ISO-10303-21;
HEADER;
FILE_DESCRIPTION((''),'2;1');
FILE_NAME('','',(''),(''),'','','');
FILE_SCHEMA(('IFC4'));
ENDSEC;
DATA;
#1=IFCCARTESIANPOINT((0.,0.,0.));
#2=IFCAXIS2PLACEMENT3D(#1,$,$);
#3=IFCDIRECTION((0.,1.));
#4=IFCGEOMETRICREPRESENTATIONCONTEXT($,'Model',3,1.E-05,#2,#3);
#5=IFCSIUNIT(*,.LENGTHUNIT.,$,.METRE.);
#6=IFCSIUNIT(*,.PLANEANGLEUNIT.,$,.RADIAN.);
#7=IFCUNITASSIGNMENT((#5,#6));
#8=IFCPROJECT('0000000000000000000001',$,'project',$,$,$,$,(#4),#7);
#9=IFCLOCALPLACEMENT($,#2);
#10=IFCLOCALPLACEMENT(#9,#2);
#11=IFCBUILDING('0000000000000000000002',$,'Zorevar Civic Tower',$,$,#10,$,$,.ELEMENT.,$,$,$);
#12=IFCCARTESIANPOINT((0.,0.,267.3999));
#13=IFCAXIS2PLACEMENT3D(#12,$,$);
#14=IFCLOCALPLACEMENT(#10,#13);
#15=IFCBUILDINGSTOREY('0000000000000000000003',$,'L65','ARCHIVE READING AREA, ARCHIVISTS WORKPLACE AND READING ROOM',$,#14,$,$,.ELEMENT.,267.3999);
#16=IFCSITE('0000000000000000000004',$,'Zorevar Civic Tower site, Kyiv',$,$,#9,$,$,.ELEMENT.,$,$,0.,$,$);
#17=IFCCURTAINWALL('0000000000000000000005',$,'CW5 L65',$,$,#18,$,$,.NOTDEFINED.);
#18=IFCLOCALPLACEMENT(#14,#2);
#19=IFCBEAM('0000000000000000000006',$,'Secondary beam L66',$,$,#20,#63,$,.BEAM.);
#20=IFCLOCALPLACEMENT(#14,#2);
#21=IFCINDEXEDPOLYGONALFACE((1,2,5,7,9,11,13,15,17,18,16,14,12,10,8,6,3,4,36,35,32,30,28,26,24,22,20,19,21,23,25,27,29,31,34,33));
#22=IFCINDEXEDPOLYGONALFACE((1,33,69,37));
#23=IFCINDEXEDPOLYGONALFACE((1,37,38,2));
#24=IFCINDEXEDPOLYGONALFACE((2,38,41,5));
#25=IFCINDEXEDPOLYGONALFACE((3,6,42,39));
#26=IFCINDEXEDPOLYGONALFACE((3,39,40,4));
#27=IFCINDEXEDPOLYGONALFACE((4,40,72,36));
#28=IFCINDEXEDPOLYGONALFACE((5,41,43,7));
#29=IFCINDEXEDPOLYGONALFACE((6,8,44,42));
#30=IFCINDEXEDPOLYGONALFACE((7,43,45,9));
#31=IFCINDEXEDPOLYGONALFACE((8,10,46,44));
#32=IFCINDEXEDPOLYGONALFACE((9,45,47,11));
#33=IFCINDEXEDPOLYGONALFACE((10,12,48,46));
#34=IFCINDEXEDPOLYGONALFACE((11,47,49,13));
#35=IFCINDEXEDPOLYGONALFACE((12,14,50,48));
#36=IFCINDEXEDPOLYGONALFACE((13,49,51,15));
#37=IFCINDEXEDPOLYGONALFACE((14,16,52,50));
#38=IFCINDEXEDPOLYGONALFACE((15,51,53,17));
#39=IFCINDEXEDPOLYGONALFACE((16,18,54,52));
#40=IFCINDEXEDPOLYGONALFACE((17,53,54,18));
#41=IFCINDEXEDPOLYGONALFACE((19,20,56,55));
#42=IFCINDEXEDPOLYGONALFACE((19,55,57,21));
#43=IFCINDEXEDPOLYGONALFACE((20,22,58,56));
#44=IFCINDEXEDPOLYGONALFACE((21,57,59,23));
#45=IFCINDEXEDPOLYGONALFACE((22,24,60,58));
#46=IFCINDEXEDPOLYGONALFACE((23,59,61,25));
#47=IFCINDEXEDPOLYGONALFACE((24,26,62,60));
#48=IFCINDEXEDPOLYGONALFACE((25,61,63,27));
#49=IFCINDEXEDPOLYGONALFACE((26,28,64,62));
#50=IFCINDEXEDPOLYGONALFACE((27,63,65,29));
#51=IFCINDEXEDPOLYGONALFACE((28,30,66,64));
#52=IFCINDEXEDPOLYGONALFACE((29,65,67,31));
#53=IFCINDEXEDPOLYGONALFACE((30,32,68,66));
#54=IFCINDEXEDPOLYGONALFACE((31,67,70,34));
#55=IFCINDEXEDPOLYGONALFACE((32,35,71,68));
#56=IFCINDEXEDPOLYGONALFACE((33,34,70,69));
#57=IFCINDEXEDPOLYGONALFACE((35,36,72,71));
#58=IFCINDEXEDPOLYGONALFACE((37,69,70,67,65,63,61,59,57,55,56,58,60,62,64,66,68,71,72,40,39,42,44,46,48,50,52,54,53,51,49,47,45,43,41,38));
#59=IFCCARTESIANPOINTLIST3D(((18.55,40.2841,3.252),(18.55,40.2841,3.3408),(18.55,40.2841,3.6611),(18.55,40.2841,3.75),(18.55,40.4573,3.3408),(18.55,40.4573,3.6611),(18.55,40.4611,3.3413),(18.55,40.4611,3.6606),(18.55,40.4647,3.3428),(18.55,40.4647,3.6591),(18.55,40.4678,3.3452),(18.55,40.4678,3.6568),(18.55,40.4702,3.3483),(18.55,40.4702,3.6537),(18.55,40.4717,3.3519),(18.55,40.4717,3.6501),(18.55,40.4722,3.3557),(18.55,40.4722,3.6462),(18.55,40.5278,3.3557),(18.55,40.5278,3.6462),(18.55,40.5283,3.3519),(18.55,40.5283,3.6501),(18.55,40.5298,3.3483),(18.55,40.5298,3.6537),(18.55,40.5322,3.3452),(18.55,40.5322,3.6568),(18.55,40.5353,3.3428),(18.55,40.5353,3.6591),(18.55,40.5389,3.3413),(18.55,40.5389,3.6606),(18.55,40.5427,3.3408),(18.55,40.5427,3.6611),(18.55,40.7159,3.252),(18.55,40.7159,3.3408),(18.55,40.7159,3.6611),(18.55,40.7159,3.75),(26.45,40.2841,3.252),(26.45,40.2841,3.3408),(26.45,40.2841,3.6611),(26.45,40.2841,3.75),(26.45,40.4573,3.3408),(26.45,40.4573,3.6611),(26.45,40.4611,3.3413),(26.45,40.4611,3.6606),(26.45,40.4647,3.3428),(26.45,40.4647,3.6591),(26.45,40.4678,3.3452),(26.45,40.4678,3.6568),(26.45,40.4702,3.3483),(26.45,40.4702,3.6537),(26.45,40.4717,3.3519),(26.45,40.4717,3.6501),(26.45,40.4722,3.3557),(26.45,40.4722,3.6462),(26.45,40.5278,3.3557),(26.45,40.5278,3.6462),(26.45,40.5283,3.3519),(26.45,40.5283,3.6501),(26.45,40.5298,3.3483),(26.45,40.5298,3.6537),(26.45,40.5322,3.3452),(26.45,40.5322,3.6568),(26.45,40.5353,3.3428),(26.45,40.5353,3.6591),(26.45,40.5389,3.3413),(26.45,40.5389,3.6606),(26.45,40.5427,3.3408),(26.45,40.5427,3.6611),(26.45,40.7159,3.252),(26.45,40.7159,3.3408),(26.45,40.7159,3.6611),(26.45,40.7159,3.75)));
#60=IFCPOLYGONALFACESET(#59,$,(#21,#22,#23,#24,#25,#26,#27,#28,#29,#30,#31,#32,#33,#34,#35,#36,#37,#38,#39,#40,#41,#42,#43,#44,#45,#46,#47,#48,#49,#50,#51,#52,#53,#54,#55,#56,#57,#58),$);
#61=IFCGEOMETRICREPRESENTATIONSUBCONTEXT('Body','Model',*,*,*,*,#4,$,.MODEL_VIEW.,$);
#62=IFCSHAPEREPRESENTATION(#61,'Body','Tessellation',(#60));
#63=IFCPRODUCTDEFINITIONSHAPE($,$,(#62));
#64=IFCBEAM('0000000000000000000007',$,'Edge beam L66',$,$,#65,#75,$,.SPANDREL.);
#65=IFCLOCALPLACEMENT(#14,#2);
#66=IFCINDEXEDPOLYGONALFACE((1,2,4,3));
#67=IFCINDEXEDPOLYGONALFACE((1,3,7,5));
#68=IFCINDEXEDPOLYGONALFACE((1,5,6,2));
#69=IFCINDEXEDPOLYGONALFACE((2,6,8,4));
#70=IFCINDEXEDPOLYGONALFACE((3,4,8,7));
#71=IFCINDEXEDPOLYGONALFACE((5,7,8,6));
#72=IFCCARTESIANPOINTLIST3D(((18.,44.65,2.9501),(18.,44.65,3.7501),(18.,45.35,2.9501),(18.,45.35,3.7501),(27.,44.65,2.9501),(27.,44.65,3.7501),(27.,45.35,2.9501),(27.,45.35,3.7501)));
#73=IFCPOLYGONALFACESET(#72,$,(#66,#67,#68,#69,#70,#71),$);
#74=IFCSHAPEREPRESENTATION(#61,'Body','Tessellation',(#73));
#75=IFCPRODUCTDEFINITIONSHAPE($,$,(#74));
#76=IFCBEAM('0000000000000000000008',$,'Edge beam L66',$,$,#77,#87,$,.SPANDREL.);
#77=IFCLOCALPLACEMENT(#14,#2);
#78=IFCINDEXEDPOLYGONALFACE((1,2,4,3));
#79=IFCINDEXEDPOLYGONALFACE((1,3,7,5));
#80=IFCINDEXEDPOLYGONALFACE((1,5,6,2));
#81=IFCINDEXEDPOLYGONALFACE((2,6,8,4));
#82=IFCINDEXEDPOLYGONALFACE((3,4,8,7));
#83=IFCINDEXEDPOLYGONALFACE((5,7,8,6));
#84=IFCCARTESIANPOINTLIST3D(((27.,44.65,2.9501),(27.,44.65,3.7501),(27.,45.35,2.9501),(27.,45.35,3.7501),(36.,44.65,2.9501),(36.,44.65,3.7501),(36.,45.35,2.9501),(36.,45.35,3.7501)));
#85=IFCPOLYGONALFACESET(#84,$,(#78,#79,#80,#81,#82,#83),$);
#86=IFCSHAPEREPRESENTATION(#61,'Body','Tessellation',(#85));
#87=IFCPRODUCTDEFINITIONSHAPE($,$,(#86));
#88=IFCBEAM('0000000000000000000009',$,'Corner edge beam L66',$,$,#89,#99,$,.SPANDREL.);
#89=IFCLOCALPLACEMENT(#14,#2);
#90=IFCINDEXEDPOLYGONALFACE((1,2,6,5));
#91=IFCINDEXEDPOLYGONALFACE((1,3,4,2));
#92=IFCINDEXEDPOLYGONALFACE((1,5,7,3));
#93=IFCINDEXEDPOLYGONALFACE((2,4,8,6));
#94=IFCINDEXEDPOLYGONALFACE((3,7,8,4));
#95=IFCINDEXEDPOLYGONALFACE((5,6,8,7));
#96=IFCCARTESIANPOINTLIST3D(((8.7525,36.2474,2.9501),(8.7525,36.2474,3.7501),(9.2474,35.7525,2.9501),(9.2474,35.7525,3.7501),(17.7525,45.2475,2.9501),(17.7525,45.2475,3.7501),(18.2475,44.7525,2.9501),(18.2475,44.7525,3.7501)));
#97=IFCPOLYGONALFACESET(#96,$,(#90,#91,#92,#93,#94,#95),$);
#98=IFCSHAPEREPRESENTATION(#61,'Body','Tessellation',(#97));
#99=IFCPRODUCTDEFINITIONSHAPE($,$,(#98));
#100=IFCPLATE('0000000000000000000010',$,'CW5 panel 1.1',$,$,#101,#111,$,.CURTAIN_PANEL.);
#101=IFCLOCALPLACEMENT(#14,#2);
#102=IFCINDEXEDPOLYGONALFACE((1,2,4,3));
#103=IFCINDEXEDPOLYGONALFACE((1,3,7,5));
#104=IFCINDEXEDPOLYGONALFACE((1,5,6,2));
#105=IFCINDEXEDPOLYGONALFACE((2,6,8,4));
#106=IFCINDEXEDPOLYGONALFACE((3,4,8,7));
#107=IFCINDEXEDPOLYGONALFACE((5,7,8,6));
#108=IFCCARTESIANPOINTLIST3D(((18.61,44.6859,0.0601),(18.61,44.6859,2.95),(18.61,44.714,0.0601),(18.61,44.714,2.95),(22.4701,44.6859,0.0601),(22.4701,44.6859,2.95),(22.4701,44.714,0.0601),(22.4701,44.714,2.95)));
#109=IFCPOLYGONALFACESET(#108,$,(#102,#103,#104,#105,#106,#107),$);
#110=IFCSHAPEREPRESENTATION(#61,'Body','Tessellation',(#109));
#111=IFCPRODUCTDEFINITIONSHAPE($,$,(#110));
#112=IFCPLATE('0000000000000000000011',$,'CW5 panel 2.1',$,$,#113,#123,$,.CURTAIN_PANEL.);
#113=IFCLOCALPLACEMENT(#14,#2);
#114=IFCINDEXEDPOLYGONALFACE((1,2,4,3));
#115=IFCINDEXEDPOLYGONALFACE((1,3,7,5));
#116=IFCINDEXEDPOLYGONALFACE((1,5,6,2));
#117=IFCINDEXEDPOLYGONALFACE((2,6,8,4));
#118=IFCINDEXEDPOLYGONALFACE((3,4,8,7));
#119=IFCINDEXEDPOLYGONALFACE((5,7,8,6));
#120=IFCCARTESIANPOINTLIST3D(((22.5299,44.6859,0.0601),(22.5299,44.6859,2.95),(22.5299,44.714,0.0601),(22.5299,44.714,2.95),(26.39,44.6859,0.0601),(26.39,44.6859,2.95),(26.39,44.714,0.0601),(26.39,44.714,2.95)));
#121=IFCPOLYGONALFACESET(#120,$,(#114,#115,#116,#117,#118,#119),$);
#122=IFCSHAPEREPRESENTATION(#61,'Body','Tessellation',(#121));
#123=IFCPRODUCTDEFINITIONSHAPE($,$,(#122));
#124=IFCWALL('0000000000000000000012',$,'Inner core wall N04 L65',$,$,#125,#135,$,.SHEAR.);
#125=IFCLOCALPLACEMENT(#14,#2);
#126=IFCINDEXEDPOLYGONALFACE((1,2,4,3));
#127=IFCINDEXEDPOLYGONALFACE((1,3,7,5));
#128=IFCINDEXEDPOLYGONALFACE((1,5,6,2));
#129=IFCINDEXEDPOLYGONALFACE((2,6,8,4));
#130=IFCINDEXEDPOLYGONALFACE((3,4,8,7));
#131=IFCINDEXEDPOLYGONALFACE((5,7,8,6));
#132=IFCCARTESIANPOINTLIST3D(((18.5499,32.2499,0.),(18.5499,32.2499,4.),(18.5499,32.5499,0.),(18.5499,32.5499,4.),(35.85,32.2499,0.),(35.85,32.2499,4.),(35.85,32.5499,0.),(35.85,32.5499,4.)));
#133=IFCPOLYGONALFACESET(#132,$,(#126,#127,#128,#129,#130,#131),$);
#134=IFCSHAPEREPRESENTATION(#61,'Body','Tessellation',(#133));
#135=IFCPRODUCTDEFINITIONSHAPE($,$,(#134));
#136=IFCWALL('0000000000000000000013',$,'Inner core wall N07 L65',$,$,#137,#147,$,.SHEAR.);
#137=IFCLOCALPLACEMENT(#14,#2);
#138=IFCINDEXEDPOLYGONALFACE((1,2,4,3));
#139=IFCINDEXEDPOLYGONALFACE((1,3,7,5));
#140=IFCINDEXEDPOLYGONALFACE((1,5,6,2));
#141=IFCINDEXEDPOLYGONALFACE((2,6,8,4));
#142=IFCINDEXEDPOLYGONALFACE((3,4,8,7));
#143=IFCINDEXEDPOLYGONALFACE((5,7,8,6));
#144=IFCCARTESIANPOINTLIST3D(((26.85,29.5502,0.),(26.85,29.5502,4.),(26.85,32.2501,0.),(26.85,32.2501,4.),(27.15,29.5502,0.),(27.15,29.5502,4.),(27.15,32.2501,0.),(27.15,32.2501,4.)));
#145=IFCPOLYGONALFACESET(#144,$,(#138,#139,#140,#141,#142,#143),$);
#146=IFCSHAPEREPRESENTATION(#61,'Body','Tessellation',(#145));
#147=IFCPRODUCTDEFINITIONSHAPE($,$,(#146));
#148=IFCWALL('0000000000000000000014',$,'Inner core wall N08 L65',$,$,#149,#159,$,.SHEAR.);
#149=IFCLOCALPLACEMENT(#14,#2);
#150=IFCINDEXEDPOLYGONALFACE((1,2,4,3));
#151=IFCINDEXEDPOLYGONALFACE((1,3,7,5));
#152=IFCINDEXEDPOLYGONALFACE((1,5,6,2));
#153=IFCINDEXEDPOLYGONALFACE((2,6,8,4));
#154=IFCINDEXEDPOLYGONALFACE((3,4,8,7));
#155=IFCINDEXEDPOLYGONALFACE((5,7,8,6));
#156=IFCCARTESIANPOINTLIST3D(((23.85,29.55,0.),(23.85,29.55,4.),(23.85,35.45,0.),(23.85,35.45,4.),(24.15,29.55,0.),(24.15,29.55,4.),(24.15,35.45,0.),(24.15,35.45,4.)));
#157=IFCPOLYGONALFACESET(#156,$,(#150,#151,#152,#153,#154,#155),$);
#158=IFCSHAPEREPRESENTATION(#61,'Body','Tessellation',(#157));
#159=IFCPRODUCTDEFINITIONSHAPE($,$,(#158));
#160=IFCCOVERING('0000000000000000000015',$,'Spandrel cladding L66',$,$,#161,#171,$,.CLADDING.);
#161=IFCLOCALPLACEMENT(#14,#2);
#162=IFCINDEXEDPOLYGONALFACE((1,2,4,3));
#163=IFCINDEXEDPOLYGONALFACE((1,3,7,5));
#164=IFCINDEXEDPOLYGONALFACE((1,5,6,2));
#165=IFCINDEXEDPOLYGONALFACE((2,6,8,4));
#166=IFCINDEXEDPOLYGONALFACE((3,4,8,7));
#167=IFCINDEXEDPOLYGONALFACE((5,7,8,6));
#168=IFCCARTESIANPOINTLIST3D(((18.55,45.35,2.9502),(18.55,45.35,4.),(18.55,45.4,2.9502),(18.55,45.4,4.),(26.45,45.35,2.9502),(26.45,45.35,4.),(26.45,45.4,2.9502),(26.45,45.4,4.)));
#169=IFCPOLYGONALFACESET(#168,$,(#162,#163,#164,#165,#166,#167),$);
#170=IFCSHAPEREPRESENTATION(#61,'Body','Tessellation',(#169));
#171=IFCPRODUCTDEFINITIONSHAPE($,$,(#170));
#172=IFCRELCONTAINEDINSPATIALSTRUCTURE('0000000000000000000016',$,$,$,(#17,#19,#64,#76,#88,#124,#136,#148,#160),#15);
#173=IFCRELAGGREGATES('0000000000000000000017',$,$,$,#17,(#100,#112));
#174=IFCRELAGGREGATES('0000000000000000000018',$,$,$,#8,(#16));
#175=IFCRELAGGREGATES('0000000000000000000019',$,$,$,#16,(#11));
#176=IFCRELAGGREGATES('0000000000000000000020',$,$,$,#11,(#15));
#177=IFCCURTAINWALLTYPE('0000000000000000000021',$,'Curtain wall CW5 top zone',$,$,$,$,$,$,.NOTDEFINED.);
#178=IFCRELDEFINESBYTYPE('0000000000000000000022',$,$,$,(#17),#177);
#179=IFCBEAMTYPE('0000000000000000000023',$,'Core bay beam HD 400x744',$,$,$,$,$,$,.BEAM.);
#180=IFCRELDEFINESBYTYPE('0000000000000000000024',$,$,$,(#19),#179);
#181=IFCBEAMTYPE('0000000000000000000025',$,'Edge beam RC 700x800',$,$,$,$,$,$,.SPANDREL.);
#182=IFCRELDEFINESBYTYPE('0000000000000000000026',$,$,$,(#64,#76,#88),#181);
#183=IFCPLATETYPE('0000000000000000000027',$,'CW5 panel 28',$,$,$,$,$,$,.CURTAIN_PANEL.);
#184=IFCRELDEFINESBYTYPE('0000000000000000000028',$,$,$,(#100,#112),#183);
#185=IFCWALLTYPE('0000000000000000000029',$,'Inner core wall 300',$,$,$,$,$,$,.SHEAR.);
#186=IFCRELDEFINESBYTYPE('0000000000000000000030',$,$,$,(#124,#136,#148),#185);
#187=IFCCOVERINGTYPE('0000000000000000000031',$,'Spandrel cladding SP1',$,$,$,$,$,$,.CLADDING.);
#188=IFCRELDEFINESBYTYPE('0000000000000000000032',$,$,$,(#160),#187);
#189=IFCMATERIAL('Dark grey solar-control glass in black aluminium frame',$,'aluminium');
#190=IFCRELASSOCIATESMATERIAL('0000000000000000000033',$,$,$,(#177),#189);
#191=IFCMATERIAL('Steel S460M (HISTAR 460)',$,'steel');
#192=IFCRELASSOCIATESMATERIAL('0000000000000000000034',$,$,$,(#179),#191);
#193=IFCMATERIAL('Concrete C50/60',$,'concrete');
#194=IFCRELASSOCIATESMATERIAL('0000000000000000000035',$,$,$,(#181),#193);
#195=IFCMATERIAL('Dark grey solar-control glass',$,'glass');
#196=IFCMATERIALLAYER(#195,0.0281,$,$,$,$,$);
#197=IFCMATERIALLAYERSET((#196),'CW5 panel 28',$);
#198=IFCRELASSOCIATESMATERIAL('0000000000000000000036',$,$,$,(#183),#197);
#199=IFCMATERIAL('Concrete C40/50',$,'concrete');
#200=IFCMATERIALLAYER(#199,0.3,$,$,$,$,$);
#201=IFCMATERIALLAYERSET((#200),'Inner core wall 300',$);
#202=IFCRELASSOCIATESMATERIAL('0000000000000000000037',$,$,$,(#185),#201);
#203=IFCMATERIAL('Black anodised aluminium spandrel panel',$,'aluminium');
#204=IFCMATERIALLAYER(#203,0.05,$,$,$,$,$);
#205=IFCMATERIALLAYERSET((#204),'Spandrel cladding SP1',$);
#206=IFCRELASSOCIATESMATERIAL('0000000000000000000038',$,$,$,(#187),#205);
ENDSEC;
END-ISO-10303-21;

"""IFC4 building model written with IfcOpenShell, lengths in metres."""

from ifc_helpers import new_model, si_unit, direction, frame, frame_2d, origin, origin_2d, place, context, subcontext, project, spatial, rectangle, i_section, extrude, material, layer, layer_set, material_profile, profile_set, type_object, element, aggregate, save


model = new_model("IFC4")

# Units and contexts
model_context = context("Model", 3, precision=1e-05, world=origin(), true_north=direction((0.0, 1.0)))
body_context = subcontext(model_context, "Body", "Model", "MODEL_VIEW")
ifc_project = project(units=[si_unit("LENGTHUNIT", "METRE"), si_unit("PLANEANGLEUNIT", "RADIAN")], contexts=[model_context])

# Site, building, storey
site_placement = place(None, origin())
site = spatial("IfcSite", under=ifc_project, at=site_placement, Name="Zorevar Civic Tower site, Kyiv", CompositionType="ELEMENT", RefElevation=0.0)
building_placement = place(site_placement, origin())
building = spatial("IfcBuilding", under=site, at=building_placement, Name="Zorevar Civic Tower", CompositionType="ELEMENT")
storey_placement = place(building_placement, frame((0.0, 0.0, 267.3999)))
storey = spatial("IfcBuildingStorey", under=building, at=storey_placement, Name="L65", Description="ARCHIVE READING AREA, ARCHIVISTS WORKPLACE AND READING ROOM", CompositionType="ELEMENT", Elevation=267.3999)

# Curtain wall
ifc_material_1 = material(Name="Dark grey solar-control glass in black aluminium frame", Category="aluminium")
curtain_wall_type = type_object("IfcCurtainWallType", Name="Curtain wall CW5 top zone", PredefinedType="NOTDEFINED", material=ifc_material_1)
curtain_wall_1_placement = place(storey_placement, origin())
curtain_wall_1 = element("IfcCurtainWall", 1, at=curtain_wall_1_placement, inside=storey, type_object=curtain_wall_type, Name="CW5 L65", PredefinedType="NOTDEFINED")

# Beams
ifc_material_2 = material(Name="Steel S460M (HISTAR 460)", Category="steel")
ifc_material_profile_1 = material_profile(ifc_material_2, i_section(OverallWidth=0.4319, OverallDepth=0.498, WebThickness=0.0557, FlangeThickness=0.0889, FilletRadius=0.0149, at=origin_2d()), Name="HD 400x744")
ifc_profile_set_1 = profile_set([ifc_material_profile_1], Name="Steel S460M (HISTAR 460)")
beam_type_1 = type_object("IfcBeamType", Name="Core bay beam HD 400x744", PredefinedType="BEAM", material=ifc_profile_set_1)
beam_1_placement = place(storey_placement, frame((18.55, 40.5, 3.501), z_axis=(1.0, 0.0, 0.0), x_axis=(0.0, 1.0, 0.0)))
element("IfcBeam", 2, at=beam_1_placement, inside=storey, type_object=beam_type_1, Name="Secondary beam L66", PredefinedType="BEAM", context=body_context, shape_type="SweptSolid", body=[
    extrude(i_section(OverallWidth=0.4319, OverallDepth=0.498, WebThickness=0.0557, FlangeThickness=0.0889, FilletRadius=0.0149, at=origin_2d()), origin(), (0.0, 0.0, 1.0), 7.8999),
])
ifc_material_3 = material(Name="Concrete C50/60", Category="concrete")
ifc_material_profile_2 = material_profile(ifc_material_3, rectangle(XDim=0.7, YDim=0.8, at=origin_2d()), Name="RC 700x800")
ifc_profile_set_2 = profile_set([ifc_material_profile_2], Name="Concrete C50/60")
beam_type_2 = type_object("IfcBeamType", Name="Edge beam RC 700x800", PredefinedType="SPANDREL", material=ifc_profile_set_2)
for number, where, z_axis, x_axis, name in (
    (3, (18.0, 45.0, 3.3501), (1.0, 0.0, 0.0), (0.0, 1.0, 0.0), "Edge beam L66"),
    (4, (27.0, 45.0, 3.3501), (1.0, 0.0, 0.0), (0.0, 1.0, 0.0), "Edge beam L66"),
):
    element("IfcBeam", number, at=place(storey_placement, frame(where, z_axis=z_axis, x_axis=x_axis)), inside=storey, type_object=beam_type_2, Name=name, PredefinedType="SPANDREL", context=body_context, shape_type="SweptSolid", body=[
        extrude(rectangle(XDim=0.7, YDim=0.8, at=origin_2d()), origin(), (0.0, 0.0, 1.0), 9.0),
    ])
beam_2_placement = place(storey_placement, frame((18.0, 45.0, 3.3501), z_axis=(-0.707107, -0.707107, 0.0), x_axis=(0.707107, -0.707107, 0.0)))
element("IfcBeam", 5, at=beam_2_placement, inside=storey, type_object=beam_type_2, Name="Corner edge beam L66", PredefinedType="SPANDREL", context=body_context, shape_type="SweptSolid", body=[
    extrude(rectangle(XDim=0.7, YDim=0.8, at=origin_2d()), origin(), (0.0, 0.0, 1.0), 12.728),
])

# Plates
ifc_material_4 = material(Name="Dark grey solar-control glass", Category="glass")
ifc_layer_1 = layer(ifc_material_4, 0.0281)
ifc_layer_set_1 = layer_set([ifc_layer_1], Name="CW5 panel 28")
plate_type = type_object("IfcPlateType", Name="CW5 panel 28", PredefinedType="CURTAIN_PANEL", material=ifc_layer_set_1)
plate_1_placement = place(storey_placement, frame((20.54, 44.7, 0.0601), z_axis=(0.0, 0.0, 1.0), x_axis=(1.0, 0.0, 0.0)))
plate_1 = element("IfcPlate", 6, at=plate_1_placement, type_object=plate_type, Name="CW5 panel 1.1", PredefinedType="CURTAIN_PANEL", context=body_context, shape_type="SweptSolid", body=[
    extrude(rectangle(XDim=3.8601, YDim=0.0281, at=origin_2d()), origin(), (0.0, 0.0, 1.0), 2.8899),
])
plate_2_placement = place(storey_placement, frame((24.46, 44.7, 0.0601), z_axis=(0.0, 0.0, 1.0), x_axis=(1.0, 0.0, 0.0)))
plate_2 = element("IfcPlate", 7, at=plate_2_placement, type_object=plate_type, Name="CW5 panel 2.1", PredefinedType="CURTAIN_PANEL", context=body_context, shape_type="SweptSolid", body=[
    extrude(rectangle(XDim=3.8601, YDim=0.0281, at=origin_2d()), origin(), (0.0, 0.0, 1.0), 2.8899),
])
aggregate(curtain_wall_1, [plate_1, plate_2])

# Walls
ifc_material_5 = material(Name="Concrete C40/50", Category="concrete")
ifc_layer_2 = layer(ifc_material_5, 0.3)
ifc_layer_set_2 = layer_set([ifc_layer_2], Name="Inner core wall 300")
wall_type_1 = type_object("IfcWallType", Name="Inner core wall 300", PredefinedType="SHEAR", material=ifc_layer_set_2)
wall_1_placement = place(storey_placement, frame((18.55, 32.3999, 0.0), z_axis=(0.0, 0.0, 1.0), x_axis=(1.0, 0.0, 0.0)))
element("IfcWall", 8, at=wall_1_placement, inside=storey, type_object=wall_type_1, Name="Inner core wall N04 L65", PredefinedType="SHEAR", context=body_context, shape_type="SweptSolid", body=[
    extrude(rectangle(XDim=17.3, YDim=0.3, at=frame_2d((8.6499, 0.0))), origin(), (0.0, 0.0, 1.0), 4.0),
])
wall_2_placement = place(storey_placement, frame((27.0, 29.55, 0.0), z_axis=(0.0, 0.0, 1.0), x_axis=(0.0, 1.0, 0.0)))
element("IfcWall", 9, at=wall_2_placement, inside=storey, type_object=wall_type_1, Name="Inner core wall N07 L65", PredefinedType="SHEAR", context=body_context, shape_type="SweptSolid", body=[
    extrude(rectangle(XDim=2.7, YDim=0.3, at=frame_2d((1.3501, 0.0))), origin(), (0.0, 0.0, 1.0), 4.0),
])
wall_3_placement = place(storey_placement, frame((24.0, 29.55, 0.0), z_axis=(0.0, 0.0, 1.0), x_axis=(0.0, 1.0, 0.0)))
element("IfcWall", 10, at=wall_3_placement, inside=storey, type_object=wall_type_1, Name="Inner core wall N08 L65", PredefinedType="SHEAR", context=body_context, shape_type="SweptSolid", body=[
    extrude(rectangle(XDim=5.8999, YDim=0.3, at=frame_2d((2.95, 0.0))), origin(), (0.0, 0.0, 1.0), 4.0),
])

# Covering
ifc_material_6 = material(Name="Black anodised aluminium spandrel panel", Category="aluminium")
ifc_layer_3 = layer(ifc_material_6, 0.05)
ifc_layer_set_3 = layer_set([ifc_layer_3], Name="Spandrel cladding SP1")
covering_type = type_object("IfcCoveringType", Name="Spandrel cladding SP1", PredefinedType="CLADDING", material=ifc_layer_set_3)
covering_placement = place(storey_placement, frame((18.55, 45.375, 2.9502), z_axis=(0.0, 0.0, 1.0), x_axis=(1.0, 0.0, 0.0)))
element("IfcCovering", 11, at=covering_placement, inside=storey, type_object=covering_type, Name="Spandrel cladding L66", PredefinedType="CLADDING", context=body_context, shape_type="SweptSolid", body=[
    extrude(rectangle(XDim=7.8999, YDim=0.05, at=frame_2d((3.95, 0.0))), origin(), (0.0, 0.0, 1.0), 1.0498),
])

save(model, "model.ifc")
